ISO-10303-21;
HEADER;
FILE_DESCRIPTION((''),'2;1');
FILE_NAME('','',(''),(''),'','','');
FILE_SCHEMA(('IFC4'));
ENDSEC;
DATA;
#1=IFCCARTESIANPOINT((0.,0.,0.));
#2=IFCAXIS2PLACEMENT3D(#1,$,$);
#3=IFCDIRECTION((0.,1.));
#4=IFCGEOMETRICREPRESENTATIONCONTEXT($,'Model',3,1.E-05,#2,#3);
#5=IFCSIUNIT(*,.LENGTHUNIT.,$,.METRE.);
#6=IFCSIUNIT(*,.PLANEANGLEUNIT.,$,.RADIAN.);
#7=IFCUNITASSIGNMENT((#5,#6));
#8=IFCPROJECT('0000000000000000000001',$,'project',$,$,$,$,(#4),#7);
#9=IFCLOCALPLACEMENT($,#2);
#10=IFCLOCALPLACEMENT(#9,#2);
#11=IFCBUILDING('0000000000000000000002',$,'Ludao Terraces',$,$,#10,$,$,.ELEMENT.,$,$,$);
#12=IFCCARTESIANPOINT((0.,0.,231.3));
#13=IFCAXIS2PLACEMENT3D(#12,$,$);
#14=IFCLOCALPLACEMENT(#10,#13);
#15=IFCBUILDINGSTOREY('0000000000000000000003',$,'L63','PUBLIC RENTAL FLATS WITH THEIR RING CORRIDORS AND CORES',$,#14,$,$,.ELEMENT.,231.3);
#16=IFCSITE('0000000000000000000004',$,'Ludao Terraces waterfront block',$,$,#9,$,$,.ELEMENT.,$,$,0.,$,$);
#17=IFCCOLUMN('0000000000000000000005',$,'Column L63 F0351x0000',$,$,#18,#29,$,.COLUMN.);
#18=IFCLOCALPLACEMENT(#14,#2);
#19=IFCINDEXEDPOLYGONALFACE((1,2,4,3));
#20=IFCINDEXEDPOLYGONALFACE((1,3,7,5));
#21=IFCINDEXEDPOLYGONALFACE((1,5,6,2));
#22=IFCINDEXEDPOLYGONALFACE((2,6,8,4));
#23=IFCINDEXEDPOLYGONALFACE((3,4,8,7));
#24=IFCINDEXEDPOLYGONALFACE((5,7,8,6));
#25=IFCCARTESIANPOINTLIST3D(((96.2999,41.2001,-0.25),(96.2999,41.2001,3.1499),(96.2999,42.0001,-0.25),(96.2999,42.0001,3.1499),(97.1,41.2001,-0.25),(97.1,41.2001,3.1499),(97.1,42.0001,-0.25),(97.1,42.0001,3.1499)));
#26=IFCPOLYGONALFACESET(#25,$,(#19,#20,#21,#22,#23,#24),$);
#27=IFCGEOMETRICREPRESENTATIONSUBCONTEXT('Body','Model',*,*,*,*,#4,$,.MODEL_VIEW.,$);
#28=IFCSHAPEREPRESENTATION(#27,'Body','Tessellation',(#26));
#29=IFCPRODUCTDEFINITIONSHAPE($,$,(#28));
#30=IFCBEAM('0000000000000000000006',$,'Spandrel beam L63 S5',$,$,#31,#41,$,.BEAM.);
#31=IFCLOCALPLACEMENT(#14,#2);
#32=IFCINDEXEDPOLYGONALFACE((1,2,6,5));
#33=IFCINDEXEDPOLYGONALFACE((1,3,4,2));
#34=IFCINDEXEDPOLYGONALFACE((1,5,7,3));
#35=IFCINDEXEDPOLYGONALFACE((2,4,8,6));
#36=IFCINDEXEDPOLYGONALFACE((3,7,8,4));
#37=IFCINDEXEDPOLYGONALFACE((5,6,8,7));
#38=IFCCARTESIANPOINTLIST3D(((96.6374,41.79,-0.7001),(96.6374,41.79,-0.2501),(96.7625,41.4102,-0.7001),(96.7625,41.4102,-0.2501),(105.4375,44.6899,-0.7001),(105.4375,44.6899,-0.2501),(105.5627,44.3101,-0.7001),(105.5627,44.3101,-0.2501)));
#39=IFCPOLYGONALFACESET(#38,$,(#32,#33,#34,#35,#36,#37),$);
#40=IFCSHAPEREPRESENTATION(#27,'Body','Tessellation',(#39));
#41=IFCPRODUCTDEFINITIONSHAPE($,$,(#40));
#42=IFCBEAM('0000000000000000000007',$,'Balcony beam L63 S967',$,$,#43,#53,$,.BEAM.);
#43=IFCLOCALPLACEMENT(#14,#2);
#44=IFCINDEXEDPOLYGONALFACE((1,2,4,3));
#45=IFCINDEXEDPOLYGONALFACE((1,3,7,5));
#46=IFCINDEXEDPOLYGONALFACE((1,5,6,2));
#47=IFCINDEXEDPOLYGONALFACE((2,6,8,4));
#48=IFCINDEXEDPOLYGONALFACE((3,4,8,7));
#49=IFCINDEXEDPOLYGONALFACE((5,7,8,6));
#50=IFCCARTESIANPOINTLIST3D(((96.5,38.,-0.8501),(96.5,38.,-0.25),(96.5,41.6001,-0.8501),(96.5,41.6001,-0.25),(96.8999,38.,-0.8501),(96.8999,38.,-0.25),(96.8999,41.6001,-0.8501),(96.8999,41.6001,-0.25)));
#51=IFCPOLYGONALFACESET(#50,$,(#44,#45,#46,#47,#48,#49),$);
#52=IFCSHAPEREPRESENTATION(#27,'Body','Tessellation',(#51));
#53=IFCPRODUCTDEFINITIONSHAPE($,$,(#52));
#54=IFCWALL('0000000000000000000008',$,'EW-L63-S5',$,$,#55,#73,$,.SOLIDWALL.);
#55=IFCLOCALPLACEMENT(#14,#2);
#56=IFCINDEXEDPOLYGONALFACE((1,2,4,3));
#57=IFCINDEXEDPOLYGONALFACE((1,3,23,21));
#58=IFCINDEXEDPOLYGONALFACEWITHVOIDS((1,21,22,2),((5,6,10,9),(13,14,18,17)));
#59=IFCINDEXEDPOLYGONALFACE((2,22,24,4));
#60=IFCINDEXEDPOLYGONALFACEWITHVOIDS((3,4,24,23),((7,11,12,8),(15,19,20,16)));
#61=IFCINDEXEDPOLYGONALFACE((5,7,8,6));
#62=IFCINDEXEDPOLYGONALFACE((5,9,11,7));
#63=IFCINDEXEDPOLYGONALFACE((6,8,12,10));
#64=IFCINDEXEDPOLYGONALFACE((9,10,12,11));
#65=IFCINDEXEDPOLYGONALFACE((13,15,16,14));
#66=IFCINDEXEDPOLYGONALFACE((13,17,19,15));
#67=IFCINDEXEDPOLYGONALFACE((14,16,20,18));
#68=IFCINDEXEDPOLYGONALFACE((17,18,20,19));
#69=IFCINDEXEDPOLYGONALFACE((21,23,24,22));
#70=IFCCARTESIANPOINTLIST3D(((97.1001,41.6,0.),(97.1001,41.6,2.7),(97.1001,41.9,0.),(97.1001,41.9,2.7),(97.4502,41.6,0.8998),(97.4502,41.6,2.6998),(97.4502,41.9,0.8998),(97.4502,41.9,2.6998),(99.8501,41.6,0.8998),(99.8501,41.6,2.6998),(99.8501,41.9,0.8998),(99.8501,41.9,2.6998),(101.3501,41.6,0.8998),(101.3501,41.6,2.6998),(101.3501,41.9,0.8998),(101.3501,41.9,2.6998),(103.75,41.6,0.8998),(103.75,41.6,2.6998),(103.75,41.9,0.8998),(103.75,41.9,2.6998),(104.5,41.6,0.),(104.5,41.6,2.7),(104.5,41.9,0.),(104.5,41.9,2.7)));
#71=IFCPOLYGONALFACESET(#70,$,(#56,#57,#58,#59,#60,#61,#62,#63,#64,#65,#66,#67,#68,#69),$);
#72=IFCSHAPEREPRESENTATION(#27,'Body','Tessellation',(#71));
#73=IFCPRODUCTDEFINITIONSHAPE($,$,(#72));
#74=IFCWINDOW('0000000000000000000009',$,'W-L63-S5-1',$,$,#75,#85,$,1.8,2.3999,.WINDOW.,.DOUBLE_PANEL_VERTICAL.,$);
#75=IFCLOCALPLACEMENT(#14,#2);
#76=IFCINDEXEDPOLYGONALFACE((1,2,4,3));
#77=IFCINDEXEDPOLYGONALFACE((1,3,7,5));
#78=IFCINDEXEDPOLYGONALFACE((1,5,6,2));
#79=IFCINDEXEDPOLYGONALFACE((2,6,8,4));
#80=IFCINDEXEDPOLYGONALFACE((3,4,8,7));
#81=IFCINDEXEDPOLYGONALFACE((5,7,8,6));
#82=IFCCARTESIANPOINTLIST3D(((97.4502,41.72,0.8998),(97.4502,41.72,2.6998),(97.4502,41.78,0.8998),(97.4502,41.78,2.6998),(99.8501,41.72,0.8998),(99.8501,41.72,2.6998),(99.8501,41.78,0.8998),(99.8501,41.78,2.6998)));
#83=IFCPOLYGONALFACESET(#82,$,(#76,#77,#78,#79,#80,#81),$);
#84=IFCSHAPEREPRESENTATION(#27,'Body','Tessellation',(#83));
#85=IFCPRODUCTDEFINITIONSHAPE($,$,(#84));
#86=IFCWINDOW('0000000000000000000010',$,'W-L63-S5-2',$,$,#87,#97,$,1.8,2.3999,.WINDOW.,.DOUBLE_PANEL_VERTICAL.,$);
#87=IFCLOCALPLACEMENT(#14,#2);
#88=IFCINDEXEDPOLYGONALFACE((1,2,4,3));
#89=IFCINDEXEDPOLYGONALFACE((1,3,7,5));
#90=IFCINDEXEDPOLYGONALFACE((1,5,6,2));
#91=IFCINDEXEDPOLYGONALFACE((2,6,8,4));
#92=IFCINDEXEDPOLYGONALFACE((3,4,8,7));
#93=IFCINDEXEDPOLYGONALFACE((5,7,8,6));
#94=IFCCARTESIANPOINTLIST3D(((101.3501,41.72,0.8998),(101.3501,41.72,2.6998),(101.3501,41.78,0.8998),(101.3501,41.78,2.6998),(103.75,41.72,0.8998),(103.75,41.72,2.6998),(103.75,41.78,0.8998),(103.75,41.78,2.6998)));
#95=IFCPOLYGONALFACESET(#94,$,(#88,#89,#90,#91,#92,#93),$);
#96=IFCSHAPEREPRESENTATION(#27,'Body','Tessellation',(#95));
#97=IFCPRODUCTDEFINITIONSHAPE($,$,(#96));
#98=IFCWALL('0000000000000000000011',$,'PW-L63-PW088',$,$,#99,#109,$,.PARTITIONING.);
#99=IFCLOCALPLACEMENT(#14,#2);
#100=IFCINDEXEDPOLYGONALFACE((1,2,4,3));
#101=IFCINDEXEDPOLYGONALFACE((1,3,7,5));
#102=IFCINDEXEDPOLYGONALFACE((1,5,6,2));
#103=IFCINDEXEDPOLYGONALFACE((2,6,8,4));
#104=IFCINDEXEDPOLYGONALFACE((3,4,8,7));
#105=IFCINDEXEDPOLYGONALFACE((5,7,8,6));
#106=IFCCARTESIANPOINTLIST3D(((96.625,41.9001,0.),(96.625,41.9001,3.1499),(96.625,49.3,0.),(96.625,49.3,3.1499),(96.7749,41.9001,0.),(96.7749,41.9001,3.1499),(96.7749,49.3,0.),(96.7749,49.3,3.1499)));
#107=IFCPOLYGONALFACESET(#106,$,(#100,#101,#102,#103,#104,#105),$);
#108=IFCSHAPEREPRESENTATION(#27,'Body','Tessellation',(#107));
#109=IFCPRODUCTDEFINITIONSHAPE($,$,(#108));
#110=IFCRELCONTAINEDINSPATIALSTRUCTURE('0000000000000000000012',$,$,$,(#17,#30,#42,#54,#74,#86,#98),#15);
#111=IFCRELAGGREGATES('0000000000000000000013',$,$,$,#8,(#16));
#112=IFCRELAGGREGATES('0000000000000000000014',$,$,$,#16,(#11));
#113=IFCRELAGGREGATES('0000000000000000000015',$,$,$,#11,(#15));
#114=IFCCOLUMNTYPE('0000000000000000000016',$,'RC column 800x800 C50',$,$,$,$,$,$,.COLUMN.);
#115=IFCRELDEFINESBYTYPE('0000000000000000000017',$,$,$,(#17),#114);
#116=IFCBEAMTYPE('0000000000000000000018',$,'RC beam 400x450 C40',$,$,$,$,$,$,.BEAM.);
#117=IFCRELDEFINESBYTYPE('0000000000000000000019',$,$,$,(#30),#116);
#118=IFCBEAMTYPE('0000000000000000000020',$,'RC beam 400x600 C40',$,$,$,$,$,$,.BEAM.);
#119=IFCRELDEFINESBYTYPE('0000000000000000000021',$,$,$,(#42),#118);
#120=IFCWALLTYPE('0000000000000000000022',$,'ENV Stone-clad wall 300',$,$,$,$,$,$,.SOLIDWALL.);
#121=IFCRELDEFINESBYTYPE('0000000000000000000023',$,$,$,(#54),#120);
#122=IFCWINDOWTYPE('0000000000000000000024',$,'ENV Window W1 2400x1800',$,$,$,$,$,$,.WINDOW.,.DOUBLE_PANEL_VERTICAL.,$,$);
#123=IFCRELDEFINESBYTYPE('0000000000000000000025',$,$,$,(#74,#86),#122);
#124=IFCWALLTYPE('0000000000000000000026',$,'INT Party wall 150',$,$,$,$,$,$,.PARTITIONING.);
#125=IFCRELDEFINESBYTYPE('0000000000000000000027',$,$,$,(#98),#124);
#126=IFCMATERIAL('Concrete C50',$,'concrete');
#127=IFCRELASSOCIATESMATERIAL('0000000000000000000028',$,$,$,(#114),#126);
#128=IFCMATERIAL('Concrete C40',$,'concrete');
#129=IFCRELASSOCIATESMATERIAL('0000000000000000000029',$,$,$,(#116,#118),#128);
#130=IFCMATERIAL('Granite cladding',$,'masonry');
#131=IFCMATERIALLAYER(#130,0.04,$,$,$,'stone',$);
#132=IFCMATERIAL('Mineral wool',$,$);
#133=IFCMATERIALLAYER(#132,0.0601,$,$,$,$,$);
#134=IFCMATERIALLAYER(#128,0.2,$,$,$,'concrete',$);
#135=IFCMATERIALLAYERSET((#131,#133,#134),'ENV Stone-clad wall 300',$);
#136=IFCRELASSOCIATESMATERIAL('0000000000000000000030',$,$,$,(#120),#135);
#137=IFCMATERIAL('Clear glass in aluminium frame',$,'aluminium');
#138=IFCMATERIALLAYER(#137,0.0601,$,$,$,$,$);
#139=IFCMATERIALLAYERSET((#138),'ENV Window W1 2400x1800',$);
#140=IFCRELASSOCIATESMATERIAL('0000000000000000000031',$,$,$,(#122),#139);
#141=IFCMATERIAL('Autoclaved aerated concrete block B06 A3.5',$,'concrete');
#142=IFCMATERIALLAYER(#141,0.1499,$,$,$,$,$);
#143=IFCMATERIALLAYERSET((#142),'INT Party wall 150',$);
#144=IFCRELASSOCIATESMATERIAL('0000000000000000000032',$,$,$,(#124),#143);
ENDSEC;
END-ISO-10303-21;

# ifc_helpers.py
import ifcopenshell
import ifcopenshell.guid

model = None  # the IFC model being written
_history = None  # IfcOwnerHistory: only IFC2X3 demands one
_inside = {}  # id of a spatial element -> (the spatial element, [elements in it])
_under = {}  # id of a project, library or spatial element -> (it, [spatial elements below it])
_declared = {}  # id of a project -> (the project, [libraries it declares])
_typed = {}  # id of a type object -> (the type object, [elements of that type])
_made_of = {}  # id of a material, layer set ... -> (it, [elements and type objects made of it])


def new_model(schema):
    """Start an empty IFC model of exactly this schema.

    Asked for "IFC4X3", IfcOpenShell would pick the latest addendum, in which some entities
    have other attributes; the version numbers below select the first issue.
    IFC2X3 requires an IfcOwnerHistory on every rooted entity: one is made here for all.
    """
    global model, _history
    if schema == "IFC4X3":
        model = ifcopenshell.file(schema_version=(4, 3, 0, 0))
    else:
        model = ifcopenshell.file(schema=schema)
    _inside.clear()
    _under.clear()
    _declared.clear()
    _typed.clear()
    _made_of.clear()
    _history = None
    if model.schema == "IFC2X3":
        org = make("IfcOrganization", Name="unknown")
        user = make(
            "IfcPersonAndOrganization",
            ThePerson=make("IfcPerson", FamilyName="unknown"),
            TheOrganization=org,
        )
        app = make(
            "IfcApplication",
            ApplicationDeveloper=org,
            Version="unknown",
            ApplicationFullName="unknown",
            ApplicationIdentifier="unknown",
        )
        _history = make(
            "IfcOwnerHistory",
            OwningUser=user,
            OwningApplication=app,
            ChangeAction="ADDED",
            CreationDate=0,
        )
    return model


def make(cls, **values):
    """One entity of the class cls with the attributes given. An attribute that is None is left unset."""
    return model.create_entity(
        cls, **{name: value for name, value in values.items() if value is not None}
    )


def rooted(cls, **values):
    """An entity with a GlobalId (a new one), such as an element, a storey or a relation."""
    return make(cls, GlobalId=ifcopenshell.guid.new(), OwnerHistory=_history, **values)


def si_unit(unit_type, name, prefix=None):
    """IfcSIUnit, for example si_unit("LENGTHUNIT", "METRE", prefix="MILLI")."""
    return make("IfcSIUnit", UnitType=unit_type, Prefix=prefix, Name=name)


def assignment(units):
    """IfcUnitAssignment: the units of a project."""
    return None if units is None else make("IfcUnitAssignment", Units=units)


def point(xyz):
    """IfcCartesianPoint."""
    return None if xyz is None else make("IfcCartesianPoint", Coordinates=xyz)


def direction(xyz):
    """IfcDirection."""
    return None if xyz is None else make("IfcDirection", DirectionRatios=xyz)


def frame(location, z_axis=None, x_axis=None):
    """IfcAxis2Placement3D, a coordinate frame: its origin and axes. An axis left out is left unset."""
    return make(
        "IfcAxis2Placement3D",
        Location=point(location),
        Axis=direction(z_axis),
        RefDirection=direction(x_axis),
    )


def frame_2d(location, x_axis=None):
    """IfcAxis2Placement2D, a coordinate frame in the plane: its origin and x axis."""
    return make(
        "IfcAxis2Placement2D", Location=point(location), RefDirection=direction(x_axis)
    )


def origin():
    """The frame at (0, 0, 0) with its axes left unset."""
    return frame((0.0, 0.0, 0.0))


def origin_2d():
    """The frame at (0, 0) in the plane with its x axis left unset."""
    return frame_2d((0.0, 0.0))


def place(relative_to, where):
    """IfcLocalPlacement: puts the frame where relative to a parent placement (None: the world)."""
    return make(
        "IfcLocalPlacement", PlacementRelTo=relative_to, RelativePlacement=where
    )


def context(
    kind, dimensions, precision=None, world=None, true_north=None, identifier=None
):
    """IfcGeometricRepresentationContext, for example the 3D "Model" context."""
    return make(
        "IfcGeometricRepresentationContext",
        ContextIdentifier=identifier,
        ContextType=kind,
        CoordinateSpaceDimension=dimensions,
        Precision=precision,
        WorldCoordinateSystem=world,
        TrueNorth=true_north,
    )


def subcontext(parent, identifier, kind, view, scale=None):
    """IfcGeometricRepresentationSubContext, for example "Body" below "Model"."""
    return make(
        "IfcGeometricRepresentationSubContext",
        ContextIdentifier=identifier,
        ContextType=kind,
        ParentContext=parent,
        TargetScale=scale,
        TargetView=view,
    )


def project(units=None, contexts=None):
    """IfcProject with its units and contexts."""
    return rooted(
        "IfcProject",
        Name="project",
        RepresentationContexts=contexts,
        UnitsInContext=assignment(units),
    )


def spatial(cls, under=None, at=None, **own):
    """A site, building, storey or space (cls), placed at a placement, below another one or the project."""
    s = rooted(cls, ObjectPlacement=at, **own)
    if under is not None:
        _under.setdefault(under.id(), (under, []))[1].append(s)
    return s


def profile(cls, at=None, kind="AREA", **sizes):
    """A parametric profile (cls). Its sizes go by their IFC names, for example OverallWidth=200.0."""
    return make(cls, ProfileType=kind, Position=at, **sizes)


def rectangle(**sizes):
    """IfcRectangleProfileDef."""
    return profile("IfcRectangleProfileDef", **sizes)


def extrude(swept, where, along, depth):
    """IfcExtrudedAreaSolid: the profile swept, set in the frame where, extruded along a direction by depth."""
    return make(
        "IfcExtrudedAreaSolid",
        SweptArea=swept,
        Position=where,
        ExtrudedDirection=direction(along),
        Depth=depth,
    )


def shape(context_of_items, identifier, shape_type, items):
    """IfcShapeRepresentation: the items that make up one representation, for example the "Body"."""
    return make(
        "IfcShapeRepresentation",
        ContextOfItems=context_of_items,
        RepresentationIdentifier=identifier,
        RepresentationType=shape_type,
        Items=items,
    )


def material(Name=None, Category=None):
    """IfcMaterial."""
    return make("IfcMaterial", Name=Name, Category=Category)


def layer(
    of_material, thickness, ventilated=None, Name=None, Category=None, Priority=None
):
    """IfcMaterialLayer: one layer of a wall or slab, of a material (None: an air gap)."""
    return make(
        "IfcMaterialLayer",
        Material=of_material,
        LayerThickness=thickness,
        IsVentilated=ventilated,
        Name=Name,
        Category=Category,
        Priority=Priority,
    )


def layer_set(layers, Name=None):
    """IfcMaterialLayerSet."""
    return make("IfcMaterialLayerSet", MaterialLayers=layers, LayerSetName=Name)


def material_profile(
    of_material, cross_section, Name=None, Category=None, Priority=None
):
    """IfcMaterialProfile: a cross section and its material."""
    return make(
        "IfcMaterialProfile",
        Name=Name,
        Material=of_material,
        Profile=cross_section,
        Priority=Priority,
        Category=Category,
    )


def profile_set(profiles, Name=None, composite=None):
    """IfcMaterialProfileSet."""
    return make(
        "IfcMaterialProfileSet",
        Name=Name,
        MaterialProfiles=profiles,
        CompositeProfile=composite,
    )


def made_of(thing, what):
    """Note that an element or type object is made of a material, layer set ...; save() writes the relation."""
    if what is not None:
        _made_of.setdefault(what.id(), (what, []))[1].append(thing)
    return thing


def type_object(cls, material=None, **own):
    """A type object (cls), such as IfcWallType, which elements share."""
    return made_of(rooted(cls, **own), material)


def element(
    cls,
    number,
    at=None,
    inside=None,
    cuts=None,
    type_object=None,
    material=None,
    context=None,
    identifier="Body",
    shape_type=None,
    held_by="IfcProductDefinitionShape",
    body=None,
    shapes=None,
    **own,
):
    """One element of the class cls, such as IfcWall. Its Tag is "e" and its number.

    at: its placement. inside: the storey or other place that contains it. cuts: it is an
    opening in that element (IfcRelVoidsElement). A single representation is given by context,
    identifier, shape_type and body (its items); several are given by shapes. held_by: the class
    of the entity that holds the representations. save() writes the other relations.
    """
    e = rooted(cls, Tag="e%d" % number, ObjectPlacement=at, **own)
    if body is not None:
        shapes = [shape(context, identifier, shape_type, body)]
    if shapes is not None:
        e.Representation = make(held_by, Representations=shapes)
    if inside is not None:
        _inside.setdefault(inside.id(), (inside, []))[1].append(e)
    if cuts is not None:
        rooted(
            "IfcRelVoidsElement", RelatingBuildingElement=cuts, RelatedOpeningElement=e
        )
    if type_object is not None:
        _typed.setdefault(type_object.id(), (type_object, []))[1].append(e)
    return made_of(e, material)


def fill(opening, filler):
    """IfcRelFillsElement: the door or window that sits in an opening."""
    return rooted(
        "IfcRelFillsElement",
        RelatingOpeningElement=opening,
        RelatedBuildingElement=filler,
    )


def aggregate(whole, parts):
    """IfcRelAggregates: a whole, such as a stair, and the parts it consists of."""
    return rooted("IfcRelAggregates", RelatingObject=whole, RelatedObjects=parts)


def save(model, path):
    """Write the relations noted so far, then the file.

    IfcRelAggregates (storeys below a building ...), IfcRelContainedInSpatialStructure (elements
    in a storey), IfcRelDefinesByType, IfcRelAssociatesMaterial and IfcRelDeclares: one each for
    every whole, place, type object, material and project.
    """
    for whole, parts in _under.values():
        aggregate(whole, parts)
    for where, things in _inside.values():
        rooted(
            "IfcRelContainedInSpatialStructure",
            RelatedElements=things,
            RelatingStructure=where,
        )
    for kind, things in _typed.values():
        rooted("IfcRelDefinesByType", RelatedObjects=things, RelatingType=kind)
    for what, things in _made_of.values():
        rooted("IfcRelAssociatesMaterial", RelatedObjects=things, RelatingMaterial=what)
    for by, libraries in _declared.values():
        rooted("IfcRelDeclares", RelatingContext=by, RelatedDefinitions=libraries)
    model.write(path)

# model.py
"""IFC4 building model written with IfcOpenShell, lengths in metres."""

from ifc_helpers import new_model, si_unit, direction, frame, frame_2d, origin, origin_2d, place, context, subcontext, project, spatial, rectangle, extrude, material, layer, layer_set, material_profile, profile_set, type_object, element, fill, save


model = new_model("IFC4")

# Units and contexts
model_context = context("Model", 3, precision=1e-05, world=origin(), true_north=direction((0.0, 1.0)))
body_context = subcontext(model_context, "Body", "Model", "MODEL_VIEW")
ifc_project = project(units=[si_unit("LENGTHUNIT", "METRE"), si_unit("PLANEANGLEUNIT", "RADIAN")], contexts=[model_context])

# Site, building, storey
site_placement = place(None, origin())
site = spatial("IfcSite", under=ifc_project, at=site_placement, Name="Ludao Terraces waterfront block", CompositionType="ELEMENT", RefElevation=0.0)
building_placement = place(site_placement, origin())
building = spatial("IfcBuilding", under=site, at=building_placement, Name="Ludao Terraces", CompositionType="ELEMENT")
storey_placement = place(building_placement, frame((0.0, 0.0, 231.3)))
storey = spatial("IfcBuildingStorey", under=building, at=storey_placement, Name="L63", Description="PUBLIC RENTAL FLATS WITH THEIR RING CORRIDORS AND CORES", CompositionType="ELEMENT", Elevation=231.3)

# Column
ifc_material_1 = material(Name="Concrete C50", Category="concrete")
ifc_material_profile_1 = material_profile(ifc_material_1, rectangle(XDim=0.8, YDim=0.8, at=origin_2d()), Name="800 X 800")
ifc_profile_set_1 = profile_set([ifc_material_profile_1], Name="Concrete C50")
column_type = type_object("IfcColumnType", Name="RC column 800x800 C50", PredefinedType="COLUMN", material=ifc_profile_set_1)
column_placement = place(storey_placement, frame((96.7, 41.6001, -0.25), z_axis=(0.0, 0.0, 1.0), x_axis=(1.0, 0.0, 0.0)))
element("IfcColumn", 1, at=column_placement, inside=storey, type_object=column_type, Name="Column L63 F0351x0000", PredefinedType="COLUMN", context=body_context, shape_type="SweptSolid", body=[
    extrude(rectangle(XDim=0.8, YDim=0.8, at=origin_2d()), origin(), (0.0, 0.0, 1.0), 3.3999),
])

# Beams
ifc_material_2 = material(Name="Concrete C40", Category="concrete")
ifc_material_profile_2 = material_profile(ifc_material_2, rectangle(XDim=0.3999, YDim=0.45, at=origin_2d()), Name="400 X 450")
ifc_profile_set_2 = profile_set([ifc_material_profile_2], Name="Concrete C40")
beam_type_1 = type_object("IfcBeamType", Name="RC beam 400x450 C40", PredefinedType="BEAM", material=ifc_profile_set_2)
beam_1_placement = place(storey_placement, frame((96.7, 41.6001, -0.4751), z_axis=(0.949761, 0.312977, 0.0), x_axis=(-0.312977, 0.949761, 0.0)))
element("IfcBeam", 2, at=beam_1_placement, inside=storey, type_object=beam_type_1, Name="Spandrel beam L63 S5", PredefinedType="BEAM", context=body_context, shape_type="SweptSolid", body=[
    extrude(rectangle(XDim=0.3999, YDim=0.45, at=origin_2d()), origin(), (0.0, 0.0, 1.0), 9.2656),
])
ifc_material_profile_3 = material_profile(ifc_material_2, rectangle(XDim=0.3999, YDim=0.6001, at=origin_2d()), Name="400 X 600")
ifc_profile_set_3 = profile_set([ifc_material_profile_3], Name="Concrete C40")
beam_type_2 = type_object("IfcBeamType", Name="RC beam 400x600 C40", PredefinedType="BEAM", material=ifc_profile_set_3)
beam_2_placement = place(storey_placement, frame((96.7, 41.6001, -0.55), z_axis=(0.0, -1.0, 0.0), x_axis=(1.0, 0.0, 0.0)))
element("IfcBeam", 3, at=beam_2_placement, inside=storey, type_object=beam_type_2, Name="Balcony beam L63 S967", PredefinedType="BEAM", context=body_context, shape_type="SweptSolid", body=[
    extrude(rectangle(XDim=0.3999, YDim=0.6001, at=origin_2d()), origin(), (0.0, 0.0, 1.0), 3.6001),
])

# Wall, openings, windows
ifc_material_3 = material(Name="Granite cladding", Category="masonry")
ifc_layer_1 = layer(ifc_material_3, 0.04, Category="stone")
ifc_material_4 = material(Name="Mineral wool")
ifc_layer_2 = layer(ifc_material_4, 0.0601)
ifc_layer_3 = layer(ifc_material_2, 0.2, Category="concrete")
ifc_layer_set_1 = layer_set([ifc_layer_1, ifc_layer_2, ifc_layer_3], Name="ENV Stone-clad wall 300")
wall_type_1 = type_object("IfcWallType", Name="ENV Stone-clad wall 300", PredefinedType="SOLIDWALL", material=ifc_layer_set_1)
wall_1_placement = place(storey_placement, frame((97.1001, 41.75, 0.0), z_axis=(0.0, 0.0, 1.0), x_axis=(1.0, 0.0, 0.0)))
wall_1 = element("IfcWall", 4, at=wall_1_placement, inside=storey, type_object=wall_type_1, Name="EW-L63-S5", PredefinedType="SOLIDWALL", context=body_context, shape_type="SweptSolid", body=[
    extrude(rectangle(XDim=7.3999, YDim=0.3, at=frame_2d((3.7, 0.0))), origin(), (0.0, 0.0, 1.0), 2.7),
])
opening_1_placement = place(wall_1_placement, frame((0.3501, 0.0, 0.8999)))
opening_1 = element("IfcOpeningElement", 5, at=opening_1_placement, cuts=wall_1, PredefinedType="OPENING", context=body_context, shape_type="SweptSolid", body=[
    extrude(rectangle(XDim=2.3999, YDim=1.8, at=frame_2d((1.2, 0.8999))), frame((0.0, 0.1602, 0.0), z_axis=(0.0, -1.0, 0.0), x_axis=(1.0, 0.0, 0.0)), (0.0, 0.0, 1.0), 0.3201),
])
opening_2_placement = place(wall_1_placement, frame((4.25, 0.0, 0.8999)))
opening_2 = element("IfcOpeningElement", 6, at=opening_2_placement, cuts=wall_1, PredefinedType="OPENING", context=body_context, shape_type="SweptSolid", body=[
    extrude(rectangle(XDim=2.3999, YDim=1.8, at=frame_2d((1.2, 0.8999))), frame((0.0, 0.1602, 0.0), z_axis=(0.0, -1.0, 0.0), x_axis=(1.0, 0.0, 0.0)), (0.0, 0.0, 1.0), 0.3201),
])
ifc_material_5 = material(Name="Clear glass in aluminium frame", Category="aluminium")
ifc_layer_4 = layer(ifc_material_5, 0.0601)
ifc_layer_set_2 = layer_set([ifc_layer_4], Name="ENV Window W1 2400x1800")
window_type = type_object("IfcWindowType", Name="ENV Window W1 2400x1800", PartitioningType="DOUBLE_PANEL_VERTICAL", PredefinedType="WINDOW", material=ifc_layer_set_2)
window_1_placement = place(opening_1_placement, origin())
window_1 = element("IfcWindow", 7, at=window_1_placement, inside=storey, type_object=window_type, Name="W-L63-S5-1", OverallHeight=1.8, OverallWidth=2.3999, PartitioningType="DOUBLE_PANEL_VERTICAL", PredefinedType="WINDOW", context=body_context, shape_type="SweptSolid", body=[
    extrude(rectangle(XDim=2.3999, YDim=1.8, at=frame_2d((1.2, 0.8999))), frame((0.0, 0.03, 0.0), z_axis=(0.0, -1.0, 0.0), x_axis=(1.0, 0.0, 0.0)), (0.0, 0.0, 1.0), 0.0601),
])
fill(opening_1, window_1)
window_2_placement = place(opening_2_placement, origin())
window_2 = element("IfcWindow", 8, at=window_2_placement, inside=storey, type_object=window_type, Name="W-L63-S5-2", OverallHeight=1.8, OverallWidth=2.3999, PartitioningType="DOUBLE_PANEL_VERTICAL", PredefinedType="WINDOW", context=body_context, shape_type="SweptSolid", body=[
    extrude(rectangle(XDim=2.3999, YDim=1.8, at=frame_2d((1.2, 0.8999))), frame((0.0, 0.03, 0.0), z_axis=(0.0, -1.0, 0.0), x_axis=(1.0, 0.0, 0.0)), (0.0, 0.0, 1.0), 0.0601),
])
fill(opening_2, window_2)

# Wall
ifc_material_6 = material(Name="Autoclaved aerated concrete block B06 A3.5", Category="concrete")
ifc_layer_5 = layer(ifc_material_6, 0.1499)
ifc_layer_set_3 = layer_set([ifc_layer_5], Name="INT Party wall 150")
wall_type_2 = type_object("IfcWallType", Name="INT Party wall 150", PredefinedType="PARTITIONING", material=ifc_layer_set_3)
wall_2_placement = place(storey_placement, frame((96.7, 41.9001, 0.0), z_axis=(0.0, 0.0, 1.0), x_axis=(0.0, 1.0, 0.0)))
element("IfcWall", 9, at=wall_2_placement, inside=storey, type_object=wall_type_2, Name="PW-L63-PW088", PredefinedType="PARTITIONING", context=body_context, shape_type="SweptSolid", body=[
    extrude(rectangle(XDim=7.3999, YDim=0.1499, at=frame_2d((3.7, 0.0))), origin(), (0.0, 0.0, 1.0), 3.1499),
])

save(model, "model.ifc")
